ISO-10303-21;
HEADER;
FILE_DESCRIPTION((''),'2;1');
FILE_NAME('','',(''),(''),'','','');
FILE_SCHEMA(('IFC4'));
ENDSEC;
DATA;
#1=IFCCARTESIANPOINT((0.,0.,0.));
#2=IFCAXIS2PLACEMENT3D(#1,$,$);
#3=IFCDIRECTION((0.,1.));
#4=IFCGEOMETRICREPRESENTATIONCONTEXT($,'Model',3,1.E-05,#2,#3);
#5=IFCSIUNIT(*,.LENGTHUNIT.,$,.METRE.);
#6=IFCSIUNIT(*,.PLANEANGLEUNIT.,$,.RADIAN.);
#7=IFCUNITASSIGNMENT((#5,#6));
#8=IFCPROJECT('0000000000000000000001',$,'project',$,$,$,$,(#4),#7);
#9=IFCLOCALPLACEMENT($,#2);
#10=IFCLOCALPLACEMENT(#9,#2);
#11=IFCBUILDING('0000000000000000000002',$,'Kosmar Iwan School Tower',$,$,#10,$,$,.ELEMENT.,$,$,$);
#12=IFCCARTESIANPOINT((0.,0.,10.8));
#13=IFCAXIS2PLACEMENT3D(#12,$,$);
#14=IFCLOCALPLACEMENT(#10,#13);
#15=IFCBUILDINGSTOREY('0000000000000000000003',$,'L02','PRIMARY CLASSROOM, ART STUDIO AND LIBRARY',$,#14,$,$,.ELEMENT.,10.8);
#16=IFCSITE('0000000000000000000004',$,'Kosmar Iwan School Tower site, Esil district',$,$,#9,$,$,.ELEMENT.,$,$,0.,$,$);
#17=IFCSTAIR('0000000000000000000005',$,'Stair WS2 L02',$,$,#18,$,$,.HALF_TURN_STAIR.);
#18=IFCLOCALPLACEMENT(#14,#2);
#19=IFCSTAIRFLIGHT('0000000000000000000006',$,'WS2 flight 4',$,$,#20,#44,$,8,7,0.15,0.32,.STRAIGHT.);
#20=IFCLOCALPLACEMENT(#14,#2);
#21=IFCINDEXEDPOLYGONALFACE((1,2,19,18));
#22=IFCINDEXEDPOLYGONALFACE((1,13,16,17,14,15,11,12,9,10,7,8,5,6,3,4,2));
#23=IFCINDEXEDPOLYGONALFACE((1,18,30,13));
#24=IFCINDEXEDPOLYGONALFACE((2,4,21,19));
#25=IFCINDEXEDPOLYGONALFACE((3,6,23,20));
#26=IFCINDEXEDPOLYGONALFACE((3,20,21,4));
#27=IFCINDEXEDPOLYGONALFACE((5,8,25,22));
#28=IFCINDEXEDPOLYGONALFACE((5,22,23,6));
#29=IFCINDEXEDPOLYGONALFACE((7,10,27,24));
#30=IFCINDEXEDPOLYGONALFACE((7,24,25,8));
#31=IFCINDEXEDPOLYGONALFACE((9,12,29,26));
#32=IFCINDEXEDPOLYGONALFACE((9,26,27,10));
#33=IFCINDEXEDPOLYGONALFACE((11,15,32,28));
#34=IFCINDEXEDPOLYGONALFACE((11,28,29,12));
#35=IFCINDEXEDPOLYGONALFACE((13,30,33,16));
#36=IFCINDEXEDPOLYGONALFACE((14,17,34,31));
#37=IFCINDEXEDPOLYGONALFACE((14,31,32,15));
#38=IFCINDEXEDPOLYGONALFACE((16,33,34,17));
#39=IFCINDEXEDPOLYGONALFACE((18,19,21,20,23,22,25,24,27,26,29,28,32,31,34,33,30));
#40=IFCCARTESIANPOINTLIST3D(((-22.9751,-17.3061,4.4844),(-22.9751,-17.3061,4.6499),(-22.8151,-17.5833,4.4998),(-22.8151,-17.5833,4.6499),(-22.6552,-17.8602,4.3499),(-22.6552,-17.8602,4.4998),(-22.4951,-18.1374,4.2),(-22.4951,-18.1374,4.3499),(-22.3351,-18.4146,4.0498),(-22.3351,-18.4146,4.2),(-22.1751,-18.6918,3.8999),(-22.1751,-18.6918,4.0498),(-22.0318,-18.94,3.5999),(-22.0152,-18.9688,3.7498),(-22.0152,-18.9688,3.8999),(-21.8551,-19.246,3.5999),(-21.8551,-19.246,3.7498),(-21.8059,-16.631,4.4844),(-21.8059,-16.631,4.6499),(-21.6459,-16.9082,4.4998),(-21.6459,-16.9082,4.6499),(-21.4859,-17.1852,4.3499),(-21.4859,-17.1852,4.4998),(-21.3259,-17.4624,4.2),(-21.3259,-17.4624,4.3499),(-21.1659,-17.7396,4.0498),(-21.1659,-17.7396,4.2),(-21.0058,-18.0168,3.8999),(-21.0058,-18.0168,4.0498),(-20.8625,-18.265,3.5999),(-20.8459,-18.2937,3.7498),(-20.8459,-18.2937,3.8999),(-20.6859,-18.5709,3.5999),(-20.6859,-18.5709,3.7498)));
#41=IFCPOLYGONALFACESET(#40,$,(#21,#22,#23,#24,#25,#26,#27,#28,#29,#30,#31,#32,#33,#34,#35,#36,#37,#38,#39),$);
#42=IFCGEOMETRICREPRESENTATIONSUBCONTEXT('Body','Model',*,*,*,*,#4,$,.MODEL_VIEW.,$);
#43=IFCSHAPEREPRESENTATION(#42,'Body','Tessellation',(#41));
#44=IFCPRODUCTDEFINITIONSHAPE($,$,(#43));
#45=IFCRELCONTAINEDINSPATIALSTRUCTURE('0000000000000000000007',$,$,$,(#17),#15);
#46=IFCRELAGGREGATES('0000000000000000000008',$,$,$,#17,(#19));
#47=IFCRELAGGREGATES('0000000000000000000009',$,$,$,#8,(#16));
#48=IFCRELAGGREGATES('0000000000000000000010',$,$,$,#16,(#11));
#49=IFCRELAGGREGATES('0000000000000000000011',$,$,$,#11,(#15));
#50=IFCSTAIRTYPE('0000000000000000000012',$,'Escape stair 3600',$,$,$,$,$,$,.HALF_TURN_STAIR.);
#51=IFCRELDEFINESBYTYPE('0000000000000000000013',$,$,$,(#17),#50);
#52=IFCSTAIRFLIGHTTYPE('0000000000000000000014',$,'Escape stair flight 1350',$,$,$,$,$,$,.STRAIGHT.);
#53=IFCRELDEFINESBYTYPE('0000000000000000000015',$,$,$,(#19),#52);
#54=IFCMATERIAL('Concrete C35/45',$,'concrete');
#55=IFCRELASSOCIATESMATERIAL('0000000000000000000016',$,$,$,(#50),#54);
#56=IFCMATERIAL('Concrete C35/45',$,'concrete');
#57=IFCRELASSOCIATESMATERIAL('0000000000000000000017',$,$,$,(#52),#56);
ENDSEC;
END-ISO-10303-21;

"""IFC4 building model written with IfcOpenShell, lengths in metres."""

from ifc_helpers import new_model, si_unit, direction, frame, origin, place, context, subcontext, project, spatial, polyline, outline, extrude, material, type_object, element, aggregate, save


model = new_model("IFC4")

# Units and contexts
model_context = context("Model", 3, precision=1e-05, world=origin(), true_north=direction((0.0, 1.0)))
body_context = subcontext(model_context, "Body", "Model", "MODEL_VIEW")
ifc_project = project(units=[si_unit("LENGTHUNIT", "METRE"), si_unit("PLANEANGLEUNIT", "RADIAN")], contexts=[model_context])

# Site, building, storey
site_placement = place(None, origin())
site = spatial("IfcSite", under=ifc_project, at=site_placement, Name="Kosmar Iwan School Tower site, Esil district", CompositionType="ELEMENT", RefElevation=0.0)
building_placement = place(site_placement, origin())
building = spatial("IfcBuilding", under=site, at=building_placement, Name="Kosmar Iwan School Tower", CompositionType="ELEMENT")
storey_placement = place(building_placement, frame((0.0, 0.0, 10.8)))
storey = spatial("IfcBuildingStorey", under=building, at=storey_placement, Name="L02", Description="PRIMARY CLASSROOM, ART STUDIO AND LIBRARY", CompositionType="ELEMENT", Elevation=10.8)

# Stair, stair flight
ifc_material_1 = material(Name="Concrete C35/45", Category="concrete")
stair_type = type_object("IfcStairType", Name="Escape stair 3600", PredefinedType="HALF_TURN_STAIR", material=ifc_material_1)
stair_placement = place(storey_placement, origin())
stair = element("IfcStair", 1, at=stair_placement, inside=storey, type_object=stair_type, Name="Stair WS2 L02", PredefinedType="HALF_TURN_STAIR")
ifc_material_2 = material(Name="Concrete C35/45", Category="concrete")
stair_flight_type = type_object("IfcStairFlightType", Name="Escape stair flight 1350", PredefinedType="STRAIGHT", material=ifc_material_2)
stair_flight_1_placement = place(storey_placement, frame((-21.2705, -18.9084, 3.5999), z_axis=(0.0, 0.0, 1.0), x_axis=(-0.5, 0.866025, 0.0)))
stair_flight_1 = element("IfcStairFlight", 2, at=stair_flight_1_placement, type_object=stair_flight_type, Name="WS2 flight 4", NumberOfRisers=8, NumberOfTreads=7, PredefinedType="STRAIGHT", RiserHeight=0.15, TreadLength=0.32, context=body_context, shape_type="SweptSolid", body=[
    extrude(outline(polyline([(0.0, 0.0), (0.0, 0.1499), (0.3201, 0.1499), (0.3201, 0.3), (0.6399, 0.3), (0.6399, 0.45), (0.96, 0.45), (0.96, 0.6001), (1.28, 0.6001), (1.28, 0.75), (1.6001, 0.75), (1.6001, 0.8999), (1.9199, 0.8999), (1.9199, 1.05), (2.24, 1.05), (2.24, 1.2), (2.24, 0.8845), (0.3533, 0.0), (0.0, 0.0)])), frame((0.0, 0.675, 0.0), z_axis=(0.0, -1.0, 0.0), x_axis=(1.0, 0.0, 0.0)), (0.0, 0.0, 1.0), 1.3501),
])
aggregate(stair, [stair_flight_1])

save(model, "model.ifc")
